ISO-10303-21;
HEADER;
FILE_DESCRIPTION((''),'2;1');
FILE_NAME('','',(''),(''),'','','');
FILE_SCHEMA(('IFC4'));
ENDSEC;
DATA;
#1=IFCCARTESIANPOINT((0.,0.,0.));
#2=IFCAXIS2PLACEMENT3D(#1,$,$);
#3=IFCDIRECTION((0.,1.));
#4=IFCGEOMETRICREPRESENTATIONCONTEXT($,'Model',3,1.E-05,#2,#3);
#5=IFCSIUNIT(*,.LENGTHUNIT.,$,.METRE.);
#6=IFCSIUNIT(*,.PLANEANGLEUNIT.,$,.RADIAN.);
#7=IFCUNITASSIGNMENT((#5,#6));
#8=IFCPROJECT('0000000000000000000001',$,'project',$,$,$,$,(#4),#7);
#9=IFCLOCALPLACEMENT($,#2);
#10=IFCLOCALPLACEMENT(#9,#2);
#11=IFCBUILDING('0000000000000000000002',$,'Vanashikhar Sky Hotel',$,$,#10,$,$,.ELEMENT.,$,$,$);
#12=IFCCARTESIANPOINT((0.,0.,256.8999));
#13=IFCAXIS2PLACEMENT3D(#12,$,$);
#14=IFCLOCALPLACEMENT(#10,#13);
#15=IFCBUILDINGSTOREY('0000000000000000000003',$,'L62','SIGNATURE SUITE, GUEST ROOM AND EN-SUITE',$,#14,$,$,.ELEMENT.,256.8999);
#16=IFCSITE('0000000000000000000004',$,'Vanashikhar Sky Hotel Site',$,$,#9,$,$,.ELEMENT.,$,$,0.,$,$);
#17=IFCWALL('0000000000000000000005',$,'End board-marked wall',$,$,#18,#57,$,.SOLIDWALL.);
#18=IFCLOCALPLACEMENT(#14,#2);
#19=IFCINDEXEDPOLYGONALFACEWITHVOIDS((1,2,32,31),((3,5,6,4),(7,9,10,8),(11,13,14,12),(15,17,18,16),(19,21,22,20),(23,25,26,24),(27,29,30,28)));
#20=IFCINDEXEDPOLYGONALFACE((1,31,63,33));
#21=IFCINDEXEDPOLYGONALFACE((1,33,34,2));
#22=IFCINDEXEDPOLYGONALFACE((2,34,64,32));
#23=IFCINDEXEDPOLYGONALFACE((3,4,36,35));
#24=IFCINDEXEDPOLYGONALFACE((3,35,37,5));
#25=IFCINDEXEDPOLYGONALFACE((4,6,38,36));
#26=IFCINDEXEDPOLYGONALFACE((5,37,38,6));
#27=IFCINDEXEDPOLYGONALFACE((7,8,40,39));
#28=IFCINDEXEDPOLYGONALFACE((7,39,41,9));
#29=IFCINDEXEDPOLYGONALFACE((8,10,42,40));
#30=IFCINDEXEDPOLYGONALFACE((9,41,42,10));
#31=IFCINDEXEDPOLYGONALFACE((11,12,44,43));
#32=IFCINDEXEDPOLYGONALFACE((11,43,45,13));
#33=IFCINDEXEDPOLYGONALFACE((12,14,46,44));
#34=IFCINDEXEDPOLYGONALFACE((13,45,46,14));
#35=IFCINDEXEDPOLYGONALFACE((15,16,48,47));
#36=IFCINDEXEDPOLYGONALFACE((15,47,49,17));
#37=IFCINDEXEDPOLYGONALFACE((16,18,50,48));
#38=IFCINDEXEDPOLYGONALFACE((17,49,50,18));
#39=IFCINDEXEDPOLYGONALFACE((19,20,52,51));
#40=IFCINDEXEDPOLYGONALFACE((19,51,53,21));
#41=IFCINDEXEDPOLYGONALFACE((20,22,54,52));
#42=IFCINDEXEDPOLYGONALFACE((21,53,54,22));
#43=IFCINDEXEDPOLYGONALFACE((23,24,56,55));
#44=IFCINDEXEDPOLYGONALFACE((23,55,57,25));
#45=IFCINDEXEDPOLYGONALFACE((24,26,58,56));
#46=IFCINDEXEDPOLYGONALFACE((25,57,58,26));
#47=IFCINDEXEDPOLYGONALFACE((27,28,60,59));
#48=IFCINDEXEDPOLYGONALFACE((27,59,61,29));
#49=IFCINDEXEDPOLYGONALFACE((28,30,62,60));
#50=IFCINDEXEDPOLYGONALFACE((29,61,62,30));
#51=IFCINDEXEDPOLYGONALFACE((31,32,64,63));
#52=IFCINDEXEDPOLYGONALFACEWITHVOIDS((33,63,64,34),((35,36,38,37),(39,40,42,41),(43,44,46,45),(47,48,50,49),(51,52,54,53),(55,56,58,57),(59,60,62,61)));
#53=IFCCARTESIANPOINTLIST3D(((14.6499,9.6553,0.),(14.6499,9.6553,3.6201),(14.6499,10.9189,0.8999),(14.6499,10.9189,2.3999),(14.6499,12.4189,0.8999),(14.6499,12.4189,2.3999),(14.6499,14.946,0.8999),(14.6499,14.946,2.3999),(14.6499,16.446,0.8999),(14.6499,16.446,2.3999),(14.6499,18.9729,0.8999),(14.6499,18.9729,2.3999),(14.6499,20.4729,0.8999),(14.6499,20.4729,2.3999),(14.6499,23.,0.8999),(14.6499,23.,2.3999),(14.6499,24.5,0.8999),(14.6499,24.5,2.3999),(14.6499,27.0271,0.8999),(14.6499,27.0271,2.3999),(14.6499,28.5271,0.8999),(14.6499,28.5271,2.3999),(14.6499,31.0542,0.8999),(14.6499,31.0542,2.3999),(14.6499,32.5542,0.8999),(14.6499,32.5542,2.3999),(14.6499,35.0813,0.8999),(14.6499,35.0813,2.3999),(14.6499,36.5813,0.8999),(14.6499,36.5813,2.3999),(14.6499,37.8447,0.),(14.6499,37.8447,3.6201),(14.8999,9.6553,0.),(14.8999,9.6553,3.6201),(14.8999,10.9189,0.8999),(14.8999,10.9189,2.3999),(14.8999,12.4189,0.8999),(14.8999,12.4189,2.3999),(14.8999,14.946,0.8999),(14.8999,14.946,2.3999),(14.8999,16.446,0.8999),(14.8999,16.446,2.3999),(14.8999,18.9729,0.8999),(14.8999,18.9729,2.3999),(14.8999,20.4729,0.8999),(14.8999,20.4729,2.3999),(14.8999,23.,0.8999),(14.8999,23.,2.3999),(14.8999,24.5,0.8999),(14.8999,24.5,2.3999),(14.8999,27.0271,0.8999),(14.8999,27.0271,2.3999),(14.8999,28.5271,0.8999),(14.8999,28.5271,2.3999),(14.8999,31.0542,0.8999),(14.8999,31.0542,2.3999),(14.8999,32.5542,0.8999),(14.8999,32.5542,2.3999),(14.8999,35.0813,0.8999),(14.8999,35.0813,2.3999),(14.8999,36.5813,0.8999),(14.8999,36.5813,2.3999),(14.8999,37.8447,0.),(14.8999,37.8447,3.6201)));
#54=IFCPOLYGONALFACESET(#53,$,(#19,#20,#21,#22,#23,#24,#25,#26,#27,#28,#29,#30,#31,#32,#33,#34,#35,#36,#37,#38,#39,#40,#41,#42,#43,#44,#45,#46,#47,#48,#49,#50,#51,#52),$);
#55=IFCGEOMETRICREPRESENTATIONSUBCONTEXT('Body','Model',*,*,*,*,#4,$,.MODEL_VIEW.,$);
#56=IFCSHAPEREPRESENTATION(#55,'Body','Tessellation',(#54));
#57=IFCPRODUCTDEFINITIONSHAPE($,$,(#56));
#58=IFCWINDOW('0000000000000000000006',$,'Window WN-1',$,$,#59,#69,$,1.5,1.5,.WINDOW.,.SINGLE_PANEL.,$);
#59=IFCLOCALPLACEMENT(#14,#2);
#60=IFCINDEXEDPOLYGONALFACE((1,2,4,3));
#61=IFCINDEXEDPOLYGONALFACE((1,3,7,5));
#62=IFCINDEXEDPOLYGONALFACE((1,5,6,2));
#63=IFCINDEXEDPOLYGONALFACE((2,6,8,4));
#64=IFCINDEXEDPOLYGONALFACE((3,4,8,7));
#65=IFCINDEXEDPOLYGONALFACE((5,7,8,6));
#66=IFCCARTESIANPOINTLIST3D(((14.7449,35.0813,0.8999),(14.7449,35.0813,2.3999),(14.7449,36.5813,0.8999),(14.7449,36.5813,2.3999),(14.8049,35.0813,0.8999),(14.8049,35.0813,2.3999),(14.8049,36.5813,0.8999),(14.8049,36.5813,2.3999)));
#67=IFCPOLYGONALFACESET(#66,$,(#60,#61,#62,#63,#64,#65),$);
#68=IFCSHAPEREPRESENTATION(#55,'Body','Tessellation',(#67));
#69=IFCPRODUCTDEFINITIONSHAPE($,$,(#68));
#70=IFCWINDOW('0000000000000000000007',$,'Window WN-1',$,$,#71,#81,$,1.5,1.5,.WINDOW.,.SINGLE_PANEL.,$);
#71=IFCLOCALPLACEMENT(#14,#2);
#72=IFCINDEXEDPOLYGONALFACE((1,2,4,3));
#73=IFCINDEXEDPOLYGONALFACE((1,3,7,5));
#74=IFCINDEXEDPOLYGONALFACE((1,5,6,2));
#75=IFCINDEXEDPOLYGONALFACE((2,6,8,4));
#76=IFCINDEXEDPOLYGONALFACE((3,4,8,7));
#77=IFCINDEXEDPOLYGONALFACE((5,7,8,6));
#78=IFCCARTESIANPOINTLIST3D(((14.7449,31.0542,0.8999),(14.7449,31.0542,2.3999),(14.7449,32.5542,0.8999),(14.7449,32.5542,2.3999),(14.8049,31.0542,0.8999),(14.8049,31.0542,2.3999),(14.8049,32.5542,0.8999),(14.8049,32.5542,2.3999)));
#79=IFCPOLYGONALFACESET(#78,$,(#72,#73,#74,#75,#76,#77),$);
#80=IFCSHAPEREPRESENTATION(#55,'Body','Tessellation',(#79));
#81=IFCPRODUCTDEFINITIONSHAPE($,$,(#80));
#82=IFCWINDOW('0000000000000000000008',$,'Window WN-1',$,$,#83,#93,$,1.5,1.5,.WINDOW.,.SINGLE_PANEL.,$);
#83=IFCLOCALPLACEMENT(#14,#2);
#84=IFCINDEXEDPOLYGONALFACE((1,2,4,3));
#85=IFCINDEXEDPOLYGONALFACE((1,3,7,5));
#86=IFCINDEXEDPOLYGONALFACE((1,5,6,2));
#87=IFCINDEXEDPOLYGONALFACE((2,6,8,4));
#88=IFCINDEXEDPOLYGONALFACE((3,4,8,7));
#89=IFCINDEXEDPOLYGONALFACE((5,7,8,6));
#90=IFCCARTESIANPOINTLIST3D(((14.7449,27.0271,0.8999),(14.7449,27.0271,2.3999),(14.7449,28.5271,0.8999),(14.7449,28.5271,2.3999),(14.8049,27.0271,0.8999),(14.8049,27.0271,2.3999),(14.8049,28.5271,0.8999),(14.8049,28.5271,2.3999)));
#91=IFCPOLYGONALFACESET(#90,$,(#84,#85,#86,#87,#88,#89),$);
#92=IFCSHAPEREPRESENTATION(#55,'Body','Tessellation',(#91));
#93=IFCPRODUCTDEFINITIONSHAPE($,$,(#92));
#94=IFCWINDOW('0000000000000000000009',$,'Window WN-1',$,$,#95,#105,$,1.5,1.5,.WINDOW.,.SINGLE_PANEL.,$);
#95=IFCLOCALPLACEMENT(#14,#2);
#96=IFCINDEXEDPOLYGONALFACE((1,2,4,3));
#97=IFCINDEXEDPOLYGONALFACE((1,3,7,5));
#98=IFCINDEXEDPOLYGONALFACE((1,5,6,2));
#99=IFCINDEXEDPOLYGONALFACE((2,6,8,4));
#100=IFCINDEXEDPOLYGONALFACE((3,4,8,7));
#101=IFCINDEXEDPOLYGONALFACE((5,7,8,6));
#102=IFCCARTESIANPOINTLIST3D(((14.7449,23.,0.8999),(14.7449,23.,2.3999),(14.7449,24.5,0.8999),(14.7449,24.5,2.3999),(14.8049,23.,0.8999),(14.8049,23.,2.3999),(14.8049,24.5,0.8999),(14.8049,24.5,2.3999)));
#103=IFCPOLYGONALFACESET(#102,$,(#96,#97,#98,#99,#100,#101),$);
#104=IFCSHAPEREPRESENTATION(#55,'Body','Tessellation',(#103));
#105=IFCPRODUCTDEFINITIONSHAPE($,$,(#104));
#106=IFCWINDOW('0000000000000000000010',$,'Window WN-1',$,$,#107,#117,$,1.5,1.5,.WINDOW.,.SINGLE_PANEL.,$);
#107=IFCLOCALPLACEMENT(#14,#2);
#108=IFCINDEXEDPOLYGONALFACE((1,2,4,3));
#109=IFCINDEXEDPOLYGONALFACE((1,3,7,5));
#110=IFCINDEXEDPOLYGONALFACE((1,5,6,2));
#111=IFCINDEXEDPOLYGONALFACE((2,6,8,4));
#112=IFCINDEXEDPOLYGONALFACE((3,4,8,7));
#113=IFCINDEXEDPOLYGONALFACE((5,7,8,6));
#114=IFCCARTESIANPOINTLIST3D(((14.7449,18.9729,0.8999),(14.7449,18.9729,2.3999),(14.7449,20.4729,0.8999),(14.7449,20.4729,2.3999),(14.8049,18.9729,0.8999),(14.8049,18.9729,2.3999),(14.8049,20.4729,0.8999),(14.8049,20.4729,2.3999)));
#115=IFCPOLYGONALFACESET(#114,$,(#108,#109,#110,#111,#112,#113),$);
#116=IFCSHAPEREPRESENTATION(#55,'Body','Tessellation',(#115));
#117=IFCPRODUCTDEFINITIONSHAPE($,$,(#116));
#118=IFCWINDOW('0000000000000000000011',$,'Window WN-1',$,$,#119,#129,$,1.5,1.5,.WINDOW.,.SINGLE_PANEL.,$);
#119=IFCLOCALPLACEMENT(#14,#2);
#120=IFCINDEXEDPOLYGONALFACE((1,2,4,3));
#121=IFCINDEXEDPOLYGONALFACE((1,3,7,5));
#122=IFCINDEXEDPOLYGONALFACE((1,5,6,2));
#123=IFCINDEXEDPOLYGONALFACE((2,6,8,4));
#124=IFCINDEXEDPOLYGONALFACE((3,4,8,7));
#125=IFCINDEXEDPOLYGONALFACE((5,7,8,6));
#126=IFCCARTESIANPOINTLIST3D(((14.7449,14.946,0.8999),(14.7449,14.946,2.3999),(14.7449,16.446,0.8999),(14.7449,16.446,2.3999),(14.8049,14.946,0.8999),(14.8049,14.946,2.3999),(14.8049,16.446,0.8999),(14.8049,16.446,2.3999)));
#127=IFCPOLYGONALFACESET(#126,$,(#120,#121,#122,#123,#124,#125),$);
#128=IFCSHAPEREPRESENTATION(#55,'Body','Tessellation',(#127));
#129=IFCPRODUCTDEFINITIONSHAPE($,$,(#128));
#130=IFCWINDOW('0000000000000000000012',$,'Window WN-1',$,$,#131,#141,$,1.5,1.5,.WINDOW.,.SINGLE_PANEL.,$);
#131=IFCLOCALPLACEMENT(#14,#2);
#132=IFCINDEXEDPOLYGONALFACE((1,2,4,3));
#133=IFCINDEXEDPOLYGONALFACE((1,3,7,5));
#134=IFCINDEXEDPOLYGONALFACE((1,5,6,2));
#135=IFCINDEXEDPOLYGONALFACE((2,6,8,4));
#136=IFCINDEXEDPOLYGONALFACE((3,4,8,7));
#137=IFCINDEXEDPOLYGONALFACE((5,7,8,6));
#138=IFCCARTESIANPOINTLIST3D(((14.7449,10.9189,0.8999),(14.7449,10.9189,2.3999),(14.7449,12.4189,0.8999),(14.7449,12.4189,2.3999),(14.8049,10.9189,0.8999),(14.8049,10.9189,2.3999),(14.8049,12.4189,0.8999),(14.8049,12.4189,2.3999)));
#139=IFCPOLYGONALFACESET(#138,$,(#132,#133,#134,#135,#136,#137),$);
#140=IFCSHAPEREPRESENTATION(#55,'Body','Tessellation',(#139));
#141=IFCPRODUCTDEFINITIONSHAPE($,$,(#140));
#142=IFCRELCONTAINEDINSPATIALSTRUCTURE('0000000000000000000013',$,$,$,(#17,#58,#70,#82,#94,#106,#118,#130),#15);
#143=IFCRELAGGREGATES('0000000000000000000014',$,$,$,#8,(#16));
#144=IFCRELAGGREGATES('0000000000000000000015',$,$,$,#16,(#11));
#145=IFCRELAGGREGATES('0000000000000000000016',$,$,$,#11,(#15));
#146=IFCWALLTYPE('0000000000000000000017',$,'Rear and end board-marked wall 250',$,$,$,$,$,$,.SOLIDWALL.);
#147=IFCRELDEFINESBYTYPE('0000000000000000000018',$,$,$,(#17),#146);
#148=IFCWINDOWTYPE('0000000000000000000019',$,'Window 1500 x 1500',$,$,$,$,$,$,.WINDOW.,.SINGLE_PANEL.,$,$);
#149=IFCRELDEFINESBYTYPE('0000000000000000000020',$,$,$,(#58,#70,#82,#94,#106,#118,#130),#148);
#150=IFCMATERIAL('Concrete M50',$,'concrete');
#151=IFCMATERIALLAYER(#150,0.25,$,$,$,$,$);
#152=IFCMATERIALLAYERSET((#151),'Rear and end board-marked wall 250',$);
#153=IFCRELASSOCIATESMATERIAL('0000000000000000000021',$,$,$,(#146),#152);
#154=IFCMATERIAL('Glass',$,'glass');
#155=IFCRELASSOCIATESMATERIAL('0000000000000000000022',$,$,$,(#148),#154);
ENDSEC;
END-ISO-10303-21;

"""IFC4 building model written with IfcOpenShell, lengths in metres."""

from ifc_helpers import new_model, si_unit, direction, frame, frame_2d, origin, place, context, subcontext, project, spatial, rectangle, extrude, source, transform, mapped, material, layer, layer_set, type_object, element, fill, save


model = new_model("IFC4")

# Units and contexts
model_context = context("Model", 3, precision=1e-05, world=origin(), true_north=direction((0.0, 1.0)))
body_context = subcontext(model_context, "Body", "Model", "MODEL_VIEW")
ifc_project = project(units=[si_unit("LENGTHUNIT", "METRE"), si_unit("PLANEANGLEUNIT", "RADIAN")], contexts=[model_context])

# Site, building, storey
site_placement = place(None, origin())
site = spatial("IfcSite", under=ifc_project, at=site_placement, Name="Vanashikhar Sky Hotel Site", CompositionType="ELEMENT", RefElevation=0.0)
building_placement = place(site_placement, origin())
building = spatial("IfcBuilding", under=site, at=building_placement, Name="Vanashikhar Sky Hotel", CompositionType="ELEMENT")
storey_placement = place(building_placement, frame((0.0, 0.0, 256.8999)))
storey = spatial("IfcBuildingStorey", under=building, at=storey_placement, Name="L62", Description="SIGNATURE SUITE, GUEST ROOM AND EN-SUITE", CompositionType="ELEMENT", Elevation=256.8999)

# Shared definitions
ifc_material_1 = material(Name="Concrete M50", Category="concrete")
ifc_material_2 = material(Name="Glass", Category="glass")

# Wall, openings, windows
ifc_layer_1 = layer(ifc_material_1, 0.25)
ifc_layer_set_1 = layer_set([ifc_layer_1], Name="Rear and end board-marked wall 250")
wall_type_1 = type_object("IfcWallType", Name="Rear and end board-marked wall 250", PredefinedType="SOLIDWALL", material=ifc_layer_set_1)
shared_shape_1 = source(origin(), body_context, "Body", "SweptSolid", [
    extrude(rectangle(XDim=28.1895, YDim=0.25, at=frame_2d((14.0947, 0.0))), origin(), (0.0, 0.0, 1.0), 3.6201),
])
wall_1_placement = place(storey_placement, frame((14.7749, 37.8447, 0.0), z_axis=(0.0, 0.0, 1.0), x_axis=(0.0, -1.0, 0.0)))
wall_1 = element("IfcWall", 1, at=wall_1_placement, inside=storey, type_object=wall_type_1, Name="End board-marked wall", PredefinedType="SOLIDWALL", context=body_context, shape_type="MappedRepresentation", body=[
    mapped(shared_shape_1, transform((0.0, 0.0, 0.0), scale=1.0)),
])
shared_shape_2 = source(origin(), body_context, "Body", "SweptSolid", [
    extrude(rectangle(XDim=1.5, YDim=1.5, at=frame_2d((0.75, 0.75))), frame((0.0, 0.135, 0.0), z_axis=(0.0, -1.0, 0.0), x_axis=(1.0, 0.0, 0.0)), (0.0, 0.0, 1.0), 0.27),
])
opening_1_placement = place(wall_1_placement, frame((1.2634, 0.0, 0.8999)))
opening_1 = element("IfcOpeningElement", 2, at=opening_1_placement, cuts=wall_1, PredefinedType="OPENING", context=body_context, shape_type="MappedRepresentation", body=[
    mapped(shared_shape_2, transform((0.0, 0.0, 0.0), scale=1.0)),
])
opening_2_placement = place(wall_1_placement, frame((5.2905, 0.0, 0.8999)))
opening_2 = element("IfcOpeningElement", 3, at=opening_2_placement, cuts=wall_1, PredefinedType="OPENING", context=body_context, shape_type="MappedRepresentation", body=[
    mapped(shared_shape_2, transform((0.0, 0.0, 0.0), scale=1.0)),
])
opening_3_placement = place(wall_1_placement, frame((9.3176, 0.0, 0.8999)))
opening_3 = element("IfcOpeningElement", 4, at=opening_3_placement, cuts=wall_1, PredefinedType="OPENING", context=body_context, shape_type="MappedRepresentation", body=[
    mapped(shared_shape_2, transform((0.0, 0.0, 0.0), scale=1.0)),
])
opening_4_placement = place(wall_1_placement, frame((13.3447, 0.0, 0.8999)))
opening_4 = element("IfcOpeningElement", 5, at=opening_4_placement, cuts=wall_1, PredefinedType="OPENING", context=body_context, shape_type="MappedRepresentation", body=[
    mapped(shared_shape_2, transform((0.0, 0.0, 0.0), scale=1.0)),
])
opening_5_placement = place(wall_1_placement, frame((17.3718, 0.0, 0.8999)))
opening_5 = element("IfcOpeningElement", 6, at=opening_5_placement, cuts=wall_1, PredefinedType="OPENING", context=body_context, shape_type="MappedRepresentation", body=[
    mapped(shared_shape_2, transform((0.0, 0.0, 0.0), scale=1.0)),
])
opening_6_placement = place(wall_1_placement, frame((21.3987, 0.0, 0.8999)))
opening_6 = element("IfcOpeningElement", 7, at=opening_6_placement, cuts=wall_1, PredefinedType="OPENING", context=body_context, shape_type="MappedRepresentation", body=[
    mapped(shared_shape_2, transform((0.0, 0.0, 0.0), scale=1.0)),
])
opening_7_placement = place(wall_1_placement, frame((25.4258, 0.0, 0.8999)))
opening_7 = element("IfcOpeningElement", 8, at=opening_7_placement, cuts=wall_1, PredefinedType="OPENING", context=body_context, shape_type="MappedRepresentation", body=[
    mapped(shared_shape_2, transform((0.0, 0.0, 0.0), scale=1.0)),
])
window_type_1 = type_object("IfcWindowType", Name="Window 1500 x 1500", PartitioningType="SINGLE_PANEL", PredefinedType="WINDOW", material=ifc_material_2)
shared_shape_3 = source(origin(), body_context, "Body", "SweptSolid", [
    extrude(rectangle(XDim=1.5, YDim=1.5, at=frame_2d((0.75, 0.75))), frame((0.0, 0.03, 0.0), z_axis=(0.0, -1.0, 0.0), x_axis=(1.0, 0.0, 0.0)), (0.0, 0.0, 1.0), 0.0601),
])
window_1_placement = place(opening_1_placement, origin())
window_1 = element("IfcWindow", 9, at=window_1_placement, inside=storey, type_object=window_type_1, Name="Window WN-1", OverallHeight=1.5, OverallWidth=1.5, PartitioningType="SINGLE_PANEL", PredefinedType="WINDOW", context=body_context, shape_type="MappedRepresentation", body=[
    mapped(shared_shape_3, transform((0.0, 0.0, 0.0), scale=1.0)),
])
fill(opening_1, window_1)
window_2_placement = place(opening_2_placement, origin())
window_2 = element("IfcWindow", 10, at=window_2_placement, inside=storey, type_object=window_type_1, Name="Window WN-1", OverallHeight=1.5, OverallWidth=1.5, PartitioningType="SINGLE_PANEL", PredefinedType="WINDOW", context=body_context, shape_type="MappedRepresentation", body=[
    mapped(shared_shape_3, transform((0.0, 0.0, 0.0), scale=1.0)),
])
fill(opening_2, window_2)
window_3_placement = place(opening_3_placement, origin())
window_3 = element("IfcWindow", 11, at=window_3_placement, inside=storey, type_object=window_type_1, Name="Window WN-1", OverallHeight=1.5, OverallWidth=1.5, PartitioningType="SINGLE_PANEL", PredefinedType="WINDOW", context=body_context, shape_type="MappedRepresentation", body=[
    mapped(shared_shape_3, transform((0.0, 0.0, 0.0), scale=1.0)),
])
fill(opening_3, window_3)
window_4_placement = place(opening_4_placement, origin())
window_4 = element("IfcWindow", 12, at=window_4_placement, inside=storey, type_object=window_type_1, Name="Window WN-1", OverallHeight=1.5, OverallWidth=1.5, PartitioningType="SINGLE_PANEL", PredefinedType="WINDOW", context=body_context, shape_type="MappedRepresentation", body=[
    mapped(shared_shape_3, transform((0.0, 0.0, 0.0), scale=1.0)),
])
fill(opening_4, window_4)
window_5_placement = place(opening_5_placement, origin())
window_5 = element("IfcWindow", 13, at=window_5_placement, inside=storey, type_object=window_type_1, Name="Window WN-1", OverallHeight=1.5, OverallWidth=1.5, PartitioningType="SINGLE_PANEL", PredefinedType="WINDOW", context=body_context, shape_type="MappedRepresentation", body=[
    mapped(shared_shape_3, transform((0.0, 0.0, 0.0), scale=1.0)),
])
fill(opening_5, window_5)
window_6_placement = place(opening_6_placement, origin())
window_6 = element("IfcWindow", 14, at=window_6_placement, inside=storey, type_object=window_type_1, Name="Window WN-1", OverallHeight=1.5, OverallWidth=1.5, PartitioningType="SINGLE_PANEL", PredefinedType="WINDOW", context=body_context, shape_type="MappedRepresentation", body=[
    mapped(shared_shape_3, transform((0.0, 0.0, 0.0), scale=1.0)),
])
fill(opening_6, window_6)
window_7_placement = place(opening_7_placement, origin())
window_7 = element("IfcWindow", 15, at=window_7_placement, inside=storey, type_object=window_type_1, Name="Window WN-1", OverallHeight=1.5, OverallWidth=1.5, PartitioningType="SINGLE_PANEL", PredefinedType="WINDOW", context=body_context, shape_type="MappedRepresentation", body=[
    mapped(shared_shape_3, transform((0.0, 0.0, 0.0), scale=1.0)),
])
fill(opening_7, window_7)

save(model, "model.ifc")
